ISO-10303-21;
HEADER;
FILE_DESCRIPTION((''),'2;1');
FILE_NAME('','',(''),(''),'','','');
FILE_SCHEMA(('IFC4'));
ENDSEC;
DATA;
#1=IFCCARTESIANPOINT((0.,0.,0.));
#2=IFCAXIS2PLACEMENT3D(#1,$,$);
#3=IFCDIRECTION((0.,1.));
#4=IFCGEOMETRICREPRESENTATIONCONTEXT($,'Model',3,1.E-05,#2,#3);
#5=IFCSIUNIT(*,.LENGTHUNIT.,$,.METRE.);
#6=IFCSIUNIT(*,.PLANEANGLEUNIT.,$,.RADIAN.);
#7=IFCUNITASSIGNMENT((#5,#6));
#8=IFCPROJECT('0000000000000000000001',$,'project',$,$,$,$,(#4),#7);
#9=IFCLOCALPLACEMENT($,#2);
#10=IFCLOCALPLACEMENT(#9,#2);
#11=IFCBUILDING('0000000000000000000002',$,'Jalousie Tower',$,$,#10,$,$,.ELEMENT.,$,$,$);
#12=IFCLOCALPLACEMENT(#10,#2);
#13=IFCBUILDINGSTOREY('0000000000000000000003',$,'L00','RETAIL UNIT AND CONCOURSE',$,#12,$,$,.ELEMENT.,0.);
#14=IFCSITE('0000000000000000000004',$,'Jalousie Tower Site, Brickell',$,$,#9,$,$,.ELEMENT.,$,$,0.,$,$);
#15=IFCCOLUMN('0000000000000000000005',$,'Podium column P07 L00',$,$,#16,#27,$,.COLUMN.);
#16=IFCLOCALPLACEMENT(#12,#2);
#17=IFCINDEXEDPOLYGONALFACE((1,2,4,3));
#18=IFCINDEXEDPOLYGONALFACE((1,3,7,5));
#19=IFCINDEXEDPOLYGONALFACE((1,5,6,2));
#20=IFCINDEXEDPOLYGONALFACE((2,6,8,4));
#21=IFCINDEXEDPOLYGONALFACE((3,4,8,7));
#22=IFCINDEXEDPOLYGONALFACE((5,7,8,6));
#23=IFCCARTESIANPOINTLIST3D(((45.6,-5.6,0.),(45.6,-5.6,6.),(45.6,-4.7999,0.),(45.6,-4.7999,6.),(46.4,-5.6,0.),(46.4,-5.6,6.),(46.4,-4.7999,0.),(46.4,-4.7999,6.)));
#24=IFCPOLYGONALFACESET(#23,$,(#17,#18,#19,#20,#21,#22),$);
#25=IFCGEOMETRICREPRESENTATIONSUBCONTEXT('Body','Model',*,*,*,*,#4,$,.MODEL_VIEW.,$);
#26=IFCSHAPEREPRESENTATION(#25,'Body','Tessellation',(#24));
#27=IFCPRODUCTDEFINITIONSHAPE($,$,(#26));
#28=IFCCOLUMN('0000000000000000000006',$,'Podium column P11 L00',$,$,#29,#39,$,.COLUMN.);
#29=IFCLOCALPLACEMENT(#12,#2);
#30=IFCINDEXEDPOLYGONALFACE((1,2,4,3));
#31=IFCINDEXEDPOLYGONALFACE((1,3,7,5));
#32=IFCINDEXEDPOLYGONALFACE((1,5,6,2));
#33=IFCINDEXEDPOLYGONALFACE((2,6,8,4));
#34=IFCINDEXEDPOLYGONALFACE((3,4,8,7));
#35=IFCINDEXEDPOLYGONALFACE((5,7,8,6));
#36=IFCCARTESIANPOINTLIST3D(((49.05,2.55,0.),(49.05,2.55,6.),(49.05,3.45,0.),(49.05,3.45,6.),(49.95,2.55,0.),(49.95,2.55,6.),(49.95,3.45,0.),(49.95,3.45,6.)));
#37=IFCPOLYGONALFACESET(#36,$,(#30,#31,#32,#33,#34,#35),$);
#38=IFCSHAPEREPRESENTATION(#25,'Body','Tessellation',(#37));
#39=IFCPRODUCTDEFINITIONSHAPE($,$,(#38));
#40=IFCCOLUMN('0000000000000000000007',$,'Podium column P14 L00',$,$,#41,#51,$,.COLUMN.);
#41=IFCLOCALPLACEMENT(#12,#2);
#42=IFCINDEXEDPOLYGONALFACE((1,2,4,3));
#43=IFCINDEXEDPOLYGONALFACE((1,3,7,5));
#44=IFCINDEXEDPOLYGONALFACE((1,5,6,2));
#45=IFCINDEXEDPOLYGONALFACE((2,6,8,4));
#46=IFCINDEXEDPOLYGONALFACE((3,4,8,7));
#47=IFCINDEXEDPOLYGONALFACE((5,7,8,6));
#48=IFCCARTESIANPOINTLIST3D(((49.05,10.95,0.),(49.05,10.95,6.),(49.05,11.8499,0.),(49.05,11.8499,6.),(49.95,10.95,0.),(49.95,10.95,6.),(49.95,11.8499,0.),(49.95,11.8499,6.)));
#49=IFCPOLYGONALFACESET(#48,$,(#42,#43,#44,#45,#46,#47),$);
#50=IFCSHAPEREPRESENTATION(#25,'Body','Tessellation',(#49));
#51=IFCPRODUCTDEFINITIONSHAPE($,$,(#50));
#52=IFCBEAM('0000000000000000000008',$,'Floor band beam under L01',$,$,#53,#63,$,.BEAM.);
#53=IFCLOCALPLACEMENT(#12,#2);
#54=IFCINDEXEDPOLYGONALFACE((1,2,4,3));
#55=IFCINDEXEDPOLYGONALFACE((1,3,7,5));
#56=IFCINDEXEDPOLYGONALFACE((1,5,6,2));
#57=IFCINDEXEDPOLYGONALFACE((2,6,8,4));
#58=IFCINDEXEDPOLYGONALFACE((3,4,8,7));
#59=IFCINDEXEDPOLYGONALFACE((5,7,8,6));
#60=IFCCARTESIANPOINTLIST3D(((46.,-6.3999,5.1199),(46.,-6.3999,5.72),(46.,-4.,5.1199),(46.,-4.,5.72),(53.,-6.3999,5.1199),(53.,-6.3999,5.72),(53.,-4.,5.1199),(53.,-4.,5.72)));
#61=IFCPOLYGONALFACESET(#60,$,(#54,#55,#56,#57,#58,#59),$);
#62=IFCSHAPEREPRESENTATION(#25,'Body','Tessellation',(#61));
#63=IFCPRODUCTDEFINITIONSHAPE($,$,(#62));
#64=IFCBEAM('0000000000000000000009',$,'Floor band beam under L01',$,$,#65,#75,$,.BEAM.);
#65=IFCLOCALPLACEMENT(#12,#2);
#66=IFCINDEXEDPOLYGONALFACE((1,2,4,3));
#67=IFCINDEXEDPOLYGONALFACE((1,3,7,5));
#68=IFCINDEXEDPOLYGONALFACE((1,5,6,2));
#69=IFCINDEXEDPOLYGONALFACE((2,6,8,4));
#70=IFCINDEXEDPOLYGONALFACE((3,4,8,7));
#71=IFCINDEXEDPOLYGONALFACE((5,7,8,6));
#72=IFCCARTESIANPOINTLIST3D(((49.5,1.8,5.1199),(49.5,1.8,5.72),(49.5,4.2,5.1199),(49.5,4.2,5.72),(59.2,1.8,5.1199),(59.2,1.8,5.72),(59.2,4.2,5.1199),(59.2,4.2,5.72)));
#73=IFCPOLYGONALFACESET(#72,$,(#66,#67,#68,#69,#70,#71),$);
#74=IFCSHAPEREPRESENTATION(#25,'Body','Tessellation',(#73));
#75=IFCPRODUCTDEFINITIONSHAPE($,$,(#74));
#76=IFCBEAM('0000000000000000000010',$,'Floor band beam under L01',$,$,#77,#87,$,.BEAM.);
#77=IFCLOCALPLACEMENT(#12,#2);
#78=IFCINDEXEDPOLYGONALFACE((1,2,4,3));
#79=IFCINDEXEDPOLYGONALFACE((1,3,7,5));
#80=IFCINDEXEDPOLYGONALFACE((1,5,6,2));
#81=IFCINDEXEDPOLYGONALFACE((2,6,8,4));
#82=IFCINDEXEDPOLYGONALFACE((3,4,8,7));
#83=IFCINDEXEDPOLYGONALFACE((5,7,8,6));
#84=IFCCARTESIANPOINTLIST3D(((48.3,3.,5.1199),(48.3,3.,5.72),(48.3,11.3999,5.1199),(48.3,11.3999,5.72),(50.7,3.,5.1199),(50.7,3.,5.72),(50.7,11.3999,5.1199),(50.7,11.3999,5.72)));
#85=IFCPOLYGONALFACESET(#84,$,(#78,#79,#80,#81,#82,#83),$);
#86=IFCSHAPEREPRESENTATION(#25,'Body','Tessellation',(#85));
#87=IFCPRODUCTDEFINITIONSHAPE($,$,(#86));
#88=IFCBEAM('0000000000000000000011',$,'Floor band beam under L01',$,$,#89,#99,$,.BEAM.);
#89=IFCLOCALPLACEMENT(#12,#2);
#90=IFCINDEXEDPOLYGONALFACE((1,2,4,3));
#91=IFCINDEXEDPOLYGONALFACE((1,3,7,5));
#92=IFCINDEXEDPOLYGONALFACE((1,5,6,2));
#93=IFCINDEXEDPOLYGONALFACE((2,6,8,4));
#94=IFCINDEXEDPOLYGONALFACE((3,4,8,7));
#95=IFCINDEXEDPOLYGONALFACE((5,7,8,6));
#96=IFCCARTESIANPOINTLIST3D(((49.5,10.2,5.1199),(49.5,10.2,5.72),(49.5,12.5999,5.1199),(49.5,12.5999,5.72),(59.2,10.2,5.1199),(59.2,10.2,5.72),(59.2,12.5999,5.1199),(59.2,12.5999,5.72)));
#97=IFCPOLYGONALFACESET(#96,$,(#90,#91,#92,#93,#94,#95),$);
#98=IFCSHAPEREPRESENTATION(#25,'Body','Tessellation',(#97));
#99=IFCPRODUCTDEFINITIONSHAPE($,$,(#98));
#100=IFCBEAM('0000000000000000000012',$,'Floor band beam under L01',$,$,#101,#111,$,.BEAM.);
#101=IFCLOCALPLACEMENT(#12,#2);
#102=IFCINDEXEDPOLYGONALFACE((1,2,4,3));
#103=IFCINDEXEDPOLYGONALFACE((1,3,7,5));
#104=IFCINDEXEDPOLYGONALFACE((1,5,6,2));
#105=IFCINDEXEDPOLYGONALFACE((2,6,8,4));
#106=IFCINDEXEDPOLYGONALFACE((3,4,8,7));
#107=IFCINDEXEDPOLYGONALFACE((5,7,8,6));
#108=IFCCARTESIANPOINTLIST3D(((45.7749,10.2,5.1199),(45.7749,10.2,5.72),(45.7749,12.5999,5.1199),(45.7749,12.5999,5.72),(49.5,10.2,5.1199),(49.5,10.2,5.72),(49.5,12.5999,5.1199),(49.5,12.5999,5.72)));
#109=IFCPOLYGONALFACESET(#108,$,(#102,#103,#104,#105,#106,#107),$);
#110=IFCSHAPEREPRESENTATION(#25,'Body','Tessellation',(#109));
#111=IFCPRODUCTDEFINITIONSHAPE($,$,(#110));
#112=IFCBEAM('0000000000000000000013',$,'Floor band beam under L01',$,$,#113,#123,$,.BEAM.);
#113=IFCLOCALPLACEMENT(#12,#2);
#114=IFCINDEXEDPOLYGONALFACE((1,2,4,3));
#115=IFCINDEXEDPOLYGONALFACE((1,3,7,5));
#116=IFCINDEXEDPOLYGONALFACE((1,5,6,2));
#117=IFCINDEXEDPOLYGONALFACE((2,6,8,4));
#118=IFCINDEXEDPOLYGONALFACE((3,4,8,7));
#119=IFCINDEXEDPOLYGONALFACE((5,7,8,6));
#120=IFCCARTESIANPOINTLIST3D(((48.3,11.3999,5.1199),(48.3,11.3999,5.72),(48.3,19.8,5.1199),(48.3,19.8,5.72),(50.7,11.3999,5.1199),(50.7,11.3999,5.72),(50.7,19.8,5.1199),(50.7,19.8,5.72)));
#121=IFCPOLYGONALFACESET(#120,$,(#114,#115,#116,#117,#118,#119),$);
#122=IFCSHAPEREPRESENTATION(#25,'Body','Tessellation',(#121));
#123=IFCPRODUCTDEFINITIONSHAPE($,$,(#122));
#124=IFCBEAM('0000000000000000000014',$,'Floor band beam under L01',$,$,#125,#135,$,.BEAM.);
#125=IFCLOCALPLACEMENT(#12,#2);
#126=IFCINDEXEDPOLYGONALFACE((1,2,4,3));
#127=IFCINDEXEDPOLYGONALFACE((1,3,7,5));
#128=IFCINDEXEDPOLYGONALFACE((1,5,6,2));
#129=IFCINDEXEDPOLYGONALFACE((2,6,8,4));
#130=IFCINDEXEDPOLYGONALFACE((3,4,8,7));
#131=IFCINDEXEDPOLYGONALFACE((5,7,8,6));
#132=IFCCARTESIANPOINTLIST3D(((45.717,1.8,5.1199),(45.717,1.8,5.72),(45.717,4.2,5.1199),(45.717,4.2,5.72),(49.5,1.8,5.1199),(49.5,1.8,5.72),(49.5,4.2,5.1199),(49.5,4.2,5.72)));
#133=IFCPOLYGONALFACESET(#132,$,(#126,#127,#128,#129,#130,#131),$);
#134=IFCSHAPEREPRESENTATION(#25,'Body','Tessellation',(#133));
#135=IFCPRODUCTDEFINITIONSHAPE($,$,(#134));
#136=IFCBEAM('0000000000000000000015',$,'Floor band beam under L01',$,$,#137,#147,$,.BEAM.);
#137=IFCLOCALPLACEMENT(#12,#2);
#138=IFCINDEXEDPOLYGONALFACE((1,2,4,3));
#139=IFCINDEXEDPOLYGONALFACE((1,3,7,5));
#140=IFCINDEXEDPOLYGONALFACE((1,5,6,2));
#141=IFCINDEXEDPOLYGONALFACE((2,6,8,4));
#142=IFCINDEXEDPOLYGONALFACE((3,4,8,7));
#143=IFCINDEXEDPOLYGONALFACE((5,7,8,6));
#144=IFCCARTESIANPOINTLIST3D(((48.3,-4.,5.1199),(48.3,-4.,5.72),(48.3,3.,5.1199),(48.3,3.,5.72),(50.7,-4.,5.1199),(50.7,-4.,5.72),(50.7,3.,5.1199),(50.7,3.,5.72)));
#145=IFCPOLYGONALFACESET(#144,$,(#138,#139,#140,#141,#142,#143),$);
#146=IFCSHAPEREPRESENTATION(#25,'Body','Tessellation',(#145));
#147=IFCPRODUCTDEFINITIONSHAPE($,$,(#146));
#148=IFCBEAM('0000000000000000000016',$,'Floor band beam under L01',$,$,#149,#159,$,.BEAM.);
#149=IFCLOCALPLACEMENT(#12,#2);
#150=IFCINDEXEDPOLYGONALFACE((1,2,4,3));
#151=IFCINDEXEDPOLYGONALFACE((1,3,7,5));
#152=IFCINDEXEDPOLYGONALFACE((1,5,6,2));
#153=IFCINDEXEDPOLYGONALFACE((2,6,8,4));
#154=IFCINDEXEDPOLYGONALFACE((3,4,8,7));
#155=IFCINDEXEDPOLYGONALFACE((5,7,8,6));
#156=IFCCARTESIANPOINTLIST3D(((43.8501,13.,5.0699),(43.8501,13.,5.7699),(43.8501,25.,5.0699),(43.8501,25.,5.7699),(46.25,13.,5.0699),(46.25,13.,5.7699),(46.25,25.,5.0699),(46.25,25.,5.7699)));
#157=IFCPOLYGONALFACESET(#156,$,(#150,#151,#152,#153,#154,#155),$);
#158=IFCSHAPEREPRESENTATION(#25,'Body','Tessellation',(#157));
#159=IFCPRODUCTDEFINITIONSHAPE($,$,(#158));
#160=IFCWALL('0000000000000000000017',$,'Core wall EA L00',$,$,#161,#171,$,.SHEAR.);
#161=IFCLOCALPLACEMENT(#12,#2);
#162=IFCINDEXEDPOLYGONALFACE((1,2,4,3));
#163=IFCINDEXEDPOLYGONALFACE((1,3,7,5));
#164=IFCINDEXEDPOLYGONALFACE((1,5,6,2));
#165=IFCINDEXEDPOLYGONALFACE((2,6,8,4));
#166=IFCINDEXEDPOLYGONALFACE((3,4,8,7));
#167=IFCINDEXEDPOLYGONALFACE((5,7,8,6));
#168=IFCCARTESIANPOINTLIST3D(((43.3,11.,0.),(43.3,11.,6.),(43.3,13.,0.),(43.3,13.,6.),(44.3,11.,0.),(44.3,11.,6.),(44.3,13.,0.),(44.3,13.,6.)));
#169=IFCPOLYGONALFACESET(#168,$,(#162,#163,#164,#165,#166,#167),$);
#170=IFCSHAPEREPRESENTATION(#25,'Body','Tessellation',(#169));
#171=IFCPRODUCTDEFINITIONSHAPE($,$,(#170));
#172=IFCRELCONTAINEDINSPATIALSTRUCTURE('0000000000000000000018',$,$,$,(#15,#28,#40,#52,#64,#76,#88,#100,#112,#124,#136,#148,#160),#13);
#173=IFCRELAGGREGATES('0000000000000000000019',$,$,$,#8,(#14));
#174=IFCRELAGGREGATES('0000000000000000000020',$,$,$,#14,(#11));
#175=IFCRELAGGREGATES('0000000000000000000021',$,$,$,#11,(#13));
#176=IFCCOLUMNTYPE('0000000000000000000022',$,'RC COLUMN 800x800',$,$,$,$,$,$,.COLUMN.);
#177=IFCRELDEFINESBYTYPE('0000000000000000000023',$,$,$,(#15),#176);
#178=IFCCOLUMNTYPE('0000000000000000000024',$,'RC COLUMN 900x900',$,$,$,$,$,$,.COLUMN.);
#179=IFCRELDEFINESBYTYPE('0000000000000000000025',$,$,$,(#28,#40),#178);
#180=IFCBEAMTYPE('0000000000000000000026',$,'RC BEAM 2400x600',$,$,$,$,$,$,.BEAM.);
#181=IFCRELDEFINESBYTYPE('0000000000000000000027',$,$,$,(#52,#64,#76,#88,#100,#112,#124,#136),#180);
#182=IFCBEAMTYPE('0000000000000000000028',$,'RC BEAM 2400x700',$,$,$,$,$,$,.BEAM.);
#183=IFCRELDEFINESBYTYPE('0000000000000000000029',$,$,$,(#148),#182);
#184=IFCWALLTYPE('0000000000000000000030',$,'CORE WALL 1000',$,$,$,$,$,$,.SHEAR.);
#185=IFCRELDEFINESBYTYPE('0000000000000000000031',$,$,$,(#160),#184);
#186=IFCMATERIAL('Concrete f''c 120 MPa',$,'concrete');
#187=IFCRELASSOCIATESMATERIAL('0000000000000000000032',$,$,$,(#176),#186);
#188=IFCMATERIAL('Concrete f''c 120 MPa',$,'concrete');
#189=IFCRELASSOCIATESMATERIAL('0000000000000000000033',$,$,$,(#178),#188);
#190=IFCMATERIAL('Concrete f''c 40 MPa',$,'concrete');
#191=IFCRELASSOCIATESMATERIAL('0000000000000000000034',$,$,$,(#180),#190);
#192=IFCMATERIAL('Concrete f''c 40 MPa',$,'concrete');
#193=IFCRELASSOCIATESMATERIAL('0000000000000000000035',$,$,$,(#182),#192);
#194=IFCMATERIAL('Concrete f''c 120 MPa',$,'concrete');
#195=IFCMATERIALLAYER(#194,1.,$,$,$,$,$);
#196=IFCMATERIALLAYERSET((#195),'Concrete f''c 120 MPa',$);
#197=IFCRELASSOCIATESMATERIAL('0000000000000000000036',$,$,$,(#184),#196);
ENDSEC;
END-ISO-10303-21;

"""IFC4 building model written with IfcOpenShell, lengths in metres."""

from ifc_helpers import new_model, si_unit, direction, frame, frame_2d, origin, origin_2d, place, context, subcontext, project, spatial, rectangle, extrude, material, layer, layer_set, material_profile, profile_set, type_object, element, save


model = new_model("IFC4")

# Units and contexts
model_context = context("Model", 3, precision=1e-05, world=origin(), true_north=direction((0.0, 1.0)))
body_context = subcontext(model_context, "Body", "Model", "MODEL_VIEW")
ifc_project = project(units=[si_unit("LENGTHUNIT", "METRE"), si_unit("PLANEANGLEUNIT", "RADIAN")], contexts=[model_context])

# Site, building, storey
site_placement = place(None, origin())
site = spatial("IfcSite", under=ifc_project, at=site_placement, Name="Jalousie Tower Site, Brickell", CompositionType="ELEMENT", RefElevation=0.0)
building_placement = place(site_placement, origin())
building = spatial("IfcBuilding", under=site, at=building_placement, Name="Jalousie Tower", CompositionType="ELEMENT")
storey_placement = place(building_placement, origin())
storey = spatial("IfcBuildingStorey", under=building, at=storey_placement, Name="L00", Description="RETAIL UNIT AND CONCOURSE", CompositionType="ELEMENT", Elevation=0.0)

# Columns
ifc_material_1 = material(Name="Concrete f'c 120 MPa", Category="concrete")
ifc_material_profile_1 = material_profile(ifc_material_1, rectangle(XDim=0.8, YDim=0.8, at=origin_2d()), Name="RC 800x800")
ifc_profile_set_1 = profile_set([ifc_material_profile_1], Name="Concrete f'c 120 MPa")
column_type_1 = type_object("IfcColumnType", Name="RC COLUMN 800x800", PredefinedType="COLUMN", material=ifc_profile_set_1)
column_placement = place(storey_placement, frame((46.0, -5.2, 0.0), z_axis=(0.0, 0.0, 1.0), x_axis=(1.0, 0.0, 0.0)))
element("IfcColumn", 1, at=column_placement, inside=storey, type_object=column_type_1, Name="Podium column P07 L00", PredefinedType="COLUMN", context=body_context, shape_type="SweptSolid", body=[
    extrude(rectangle(XDim=0.8, YDim=0.8, at=origin_2d()), origin(), (0.0, 0.0, 1.0), 6.0),
])
ifc_material_2 = material(Name="Concrete f'c 120 MPa", Category="concrete")
ifc_material_profile_2 = material_profile(ifc_material_2, rectangle(XDim=0.8999, YDim=0.8999, at=origin_2d()), Name="RC 900x900")
ifc_profile_set_2 = profile_set([ifc_material_profile_2], Name="Concrete f'c 120 MPa")
column_type_2 = type_object("IfcColumnType", Name="RC COLUMN 900x900", PredefinedType="COLUMN", material=ifc_profile_set_2)
for number, where, z_axis, x_axis, name in (
    (2, (49.5, 3.0, 0.0), (0.0, 0.0, 1.0), (1.0, 0.0, 0.0), "Podium column P11 L00"),
    (3, (49.5, 11.3999, 0.0), (0.0, 0.0, 1.0), (1.0, 0.0, 0.0), "Podium column P14 L00"),
):
    element("IfcColumn", number, at=place(storey_placement, frame(where, z_axis=z_axis, x_axis=x_axis)), inside=storey, type_object=column_type_2, Name=name, PredefinedType="COLUMN", context=body_context, shape_type="SweptSolid", body=[
        extrude(rectangle(XDim=0.8999, YDim=0.8999, at=origin_2d()), origin(), (0.0, 0.0, 1.0), 6.0),
    ])

# Beams
ifc_material_3 = material(Name="Concrete f'c 40 MPa", Category="concrete")
ifc_material_profile_3 = material_profile(ifc_material_3, rectangle(XDim=2.3999, YDim=0.6001, at=origin_2d()), Name="RC 2400x600")
ifc_profile_set_3 = profile_set([ifc_material_profile_3], Name="Concrete f'c 40 MPa")
beam_type_1 = type_object("IfcBeamType", Name="RC BEAM 2400x600", PredefinedType="BEAM", material=ifc_profile_set_3)
beam_1_placement = place(storey_placement, frame((46.0, -5.2, 5.4199), z_axis=(1.0, 0.0, 0.0), x_axis=(0.0, 1.0, 0.0)))
element("IfcBeam", 4, at=beam_1_placement, inside=storey, type_object=beam_type_1, Name="Floor band beam under L01", PredefinedType="BEAM", context=body_context, shape_type="SweptSolid", body=[
    extrude(rectangle(XDim=2.3999, YDim=0.6001, at=origin_2d()), origin(), (0.0, 0.0, 1.0), 7.0),
])
beam_2_placement = place(storey_placement, frame((49.5, 3.0, 5.4199), z_axis=(1.0, 0.0, 0.0), x_axis=(0.0, 1.0, 0.0)))
element("IfcBeam", 5, at=beam_2_placement, inside=storey, type_object=beam_type_1, Name="Floor band beam under L01", PredefinedType="BEAM", context=body_context, shape_type="SweptSolid", body=[
    extrude(rectangle(XDim=2.3999, YDim=0.6001, at=origin_2d()), origin(), (0.0, 0.0, 1.0), 9.7),
])
beam_3_placement = place(storey_placement, frame((49.5, 3.0, 5.4199), z_axis=(0.0, 1.0, 0.0), x_axis=(-1.0, 0.0, 0.0)))
element("IfcBeam", 6, at=beam_3_placement, inside=storey, type_object=beam_type_1, Name="Floor band beam under L01", PredefinedType="BEAM", context=body_context, shape_type="SweptSolid", body=[
    extrude(rectangle(XDim=2.3999, YDim=0.6001, at=origin_2d()), origin(), (0.0, 0.0, 1.0), 8.3999),
])
beam_4_placement = place(storey_placement, frame((49.5, 11.3999, 5.4199), z_axis=(1.0, 0.0, 0.0), x_axis=(0.0, 1.0, 0.0)))
element("IfcBeam", 7, at=beam_4_placement, inside=storey, type_object=beam_type_1, Name="Floor band beam under L01", PredefinedType="BEAM", context=body_context, shape_type="SweptSolid", body=[
    extrude(rectangle(XDim=2.3999, YDim=0.6001, at=origin_2d()), origin(), (0.0, 0.0, 1.0), 9.7),
])
beam_5_placement = place(storey_placement, frame((49.5, 11.3999, 5.4199), z_axis=(-1.0, 0.0, 0.0), x_axis=(0.0, -1.0, 0.0)))
element("IfcBeam", 8, at=beam_5_placement, inside=storey, type_object=beam_type_1, Name="Floor band beam under L01", PredefinedType="BEAM", context=body_context, shape_type="SweptSolid", body=[
    extrude(rectangle(XDim=2.3999, YDim=0.6001, at=origin_2d()), origin(), (0.0, 0.0, 1.0), 3.7251),
])
beam_6_placement = place(storey_placement, frame((49.5, 11.3999, 5.4199), z_axis=(0.0, 1.0, 0.0), x_axis=(-1.0, 0.0, 0.0)))
element("IfcBeam", 9, at=beam_6_placement, inside=storey, type_object=beam_type_1, Name="Floor band beam under L01", PredefinedType="BEAM", context=body_context, shape_type="SweptSolid", body=[
    extrude(rectangle(XDim=2.3999, YDim=0.6001, at=origin_2d()), origin(), (0.0, 0.0, 1.0), 8.4001),
])
beam_7_placement = place(storey_placement, frame((49.5, 3.0, 5.4199), z_axis=(-1.0, 0.0, 0.0), x_axis=(0.0, -1.0, 0.0)))
element("IfcBeam", 10, at=beam_7_placement, inside=storey, type_object=beam_type_1, Name="Floor band beam under L01", PredefinedType="BEAM", context=body_context, shape_type="SweptSolid", body=[
    extrude(rectangle(XDim=2.3999, YDim=0.6001, at=origin_2d()), origin(), (0.0, 0.0, 1.0), 3.783),
])
beam_8_placement = place(storey_placement, frame((49.5, 3.0, 5.4199), z_axis=(0.0, -1.0, 0.0), x_axis=(1.0, 0.0, 0.0)))
element("IfcBeam", 11, at=beam_8_placement, inside=storey, type_object=beam_type_1, Name="Floor band beam under L01", PredefinedType="BEAM", context=body_context, shape_type="SweptSolid", body=[
    extrude(rectangle(XDim=2.3999, YDim=0.6001, at=origin_2d()), origin(), (0.0, 0.0, 1.0), 7.0),
])
ifc_material_4 = material(Name="Concrete f'c 40 MPa", Category="concrete")
ifc_material_profile_4 = material_profile(ifc_material_4, rectangle(XDim=2.3999, YDim=0.7, at=origin_2d()), Name="RC 2400x700")
ifc_profile_set_4 = profile_set([ifc_material_profile_4], Name="Concrete f'c 40 MPa")
beam_type_2 = type_object("IfcBeamType", Name="RC BEAM 2400x700", PredefinedType="BEAM", material=ifc_profile_set_4)
beam_9_placement = place(storey_placement, frame((45.05, 13.0, 5.4199), z_axis=(0.0, 1.0, 0.0), x_axis=(-1.0, 0.0, 0.0)))
element("IfcBeam", 12, at=beam_9_placement, inside=storey, type_object=beam_type_2, Name="Floor band beam under L01", PredefinedType="BEAM", context=body_context, shape_type="SweptSolid", body=[
    extrude(rectangle(XDim=2.3999, YDim=0.7, at=origin_2d()), origin(), (0.0, 0.0, 1.0), 12.0),
])

# Wall
ifc_material_5 = material(Name="Concrete f'c 120 MPa", Category="concrete")
ifc_layer_1 = layer(ifc_material_5, 1.0)
ifc_layer_set_1 = layer_set([ifc_layer_1], Name="Concrete f'c 120 MPa")
wall_type_1 = type_object("IfcWallType", Name="CORE WALL 1000", PredefinedType="SHEAR", material=ifc_layer_set_1)
wall_1_placement = place(storey_placement, frame((43.8, 11.0, 0.0), z_axis=(0.0, 0.0, 1.0), x_axis=(0.0, 1.0, 0.0)))
element("IfcWall", 13, at=wall_1_placement, inside=storey, type_object=wall_type_1, Name="Core wall EA L00", PredefinedType="SHEAR", context=body_context, shape_type="SweptSolid", body=[
    extrude(rectangle(XDim=2.0, YDim=1.0, at=frame_2d((1.0, 0.0))), origin(), (0.0, 0.0, 1.0), 6.0),
])

save(model, "model.ifc")
